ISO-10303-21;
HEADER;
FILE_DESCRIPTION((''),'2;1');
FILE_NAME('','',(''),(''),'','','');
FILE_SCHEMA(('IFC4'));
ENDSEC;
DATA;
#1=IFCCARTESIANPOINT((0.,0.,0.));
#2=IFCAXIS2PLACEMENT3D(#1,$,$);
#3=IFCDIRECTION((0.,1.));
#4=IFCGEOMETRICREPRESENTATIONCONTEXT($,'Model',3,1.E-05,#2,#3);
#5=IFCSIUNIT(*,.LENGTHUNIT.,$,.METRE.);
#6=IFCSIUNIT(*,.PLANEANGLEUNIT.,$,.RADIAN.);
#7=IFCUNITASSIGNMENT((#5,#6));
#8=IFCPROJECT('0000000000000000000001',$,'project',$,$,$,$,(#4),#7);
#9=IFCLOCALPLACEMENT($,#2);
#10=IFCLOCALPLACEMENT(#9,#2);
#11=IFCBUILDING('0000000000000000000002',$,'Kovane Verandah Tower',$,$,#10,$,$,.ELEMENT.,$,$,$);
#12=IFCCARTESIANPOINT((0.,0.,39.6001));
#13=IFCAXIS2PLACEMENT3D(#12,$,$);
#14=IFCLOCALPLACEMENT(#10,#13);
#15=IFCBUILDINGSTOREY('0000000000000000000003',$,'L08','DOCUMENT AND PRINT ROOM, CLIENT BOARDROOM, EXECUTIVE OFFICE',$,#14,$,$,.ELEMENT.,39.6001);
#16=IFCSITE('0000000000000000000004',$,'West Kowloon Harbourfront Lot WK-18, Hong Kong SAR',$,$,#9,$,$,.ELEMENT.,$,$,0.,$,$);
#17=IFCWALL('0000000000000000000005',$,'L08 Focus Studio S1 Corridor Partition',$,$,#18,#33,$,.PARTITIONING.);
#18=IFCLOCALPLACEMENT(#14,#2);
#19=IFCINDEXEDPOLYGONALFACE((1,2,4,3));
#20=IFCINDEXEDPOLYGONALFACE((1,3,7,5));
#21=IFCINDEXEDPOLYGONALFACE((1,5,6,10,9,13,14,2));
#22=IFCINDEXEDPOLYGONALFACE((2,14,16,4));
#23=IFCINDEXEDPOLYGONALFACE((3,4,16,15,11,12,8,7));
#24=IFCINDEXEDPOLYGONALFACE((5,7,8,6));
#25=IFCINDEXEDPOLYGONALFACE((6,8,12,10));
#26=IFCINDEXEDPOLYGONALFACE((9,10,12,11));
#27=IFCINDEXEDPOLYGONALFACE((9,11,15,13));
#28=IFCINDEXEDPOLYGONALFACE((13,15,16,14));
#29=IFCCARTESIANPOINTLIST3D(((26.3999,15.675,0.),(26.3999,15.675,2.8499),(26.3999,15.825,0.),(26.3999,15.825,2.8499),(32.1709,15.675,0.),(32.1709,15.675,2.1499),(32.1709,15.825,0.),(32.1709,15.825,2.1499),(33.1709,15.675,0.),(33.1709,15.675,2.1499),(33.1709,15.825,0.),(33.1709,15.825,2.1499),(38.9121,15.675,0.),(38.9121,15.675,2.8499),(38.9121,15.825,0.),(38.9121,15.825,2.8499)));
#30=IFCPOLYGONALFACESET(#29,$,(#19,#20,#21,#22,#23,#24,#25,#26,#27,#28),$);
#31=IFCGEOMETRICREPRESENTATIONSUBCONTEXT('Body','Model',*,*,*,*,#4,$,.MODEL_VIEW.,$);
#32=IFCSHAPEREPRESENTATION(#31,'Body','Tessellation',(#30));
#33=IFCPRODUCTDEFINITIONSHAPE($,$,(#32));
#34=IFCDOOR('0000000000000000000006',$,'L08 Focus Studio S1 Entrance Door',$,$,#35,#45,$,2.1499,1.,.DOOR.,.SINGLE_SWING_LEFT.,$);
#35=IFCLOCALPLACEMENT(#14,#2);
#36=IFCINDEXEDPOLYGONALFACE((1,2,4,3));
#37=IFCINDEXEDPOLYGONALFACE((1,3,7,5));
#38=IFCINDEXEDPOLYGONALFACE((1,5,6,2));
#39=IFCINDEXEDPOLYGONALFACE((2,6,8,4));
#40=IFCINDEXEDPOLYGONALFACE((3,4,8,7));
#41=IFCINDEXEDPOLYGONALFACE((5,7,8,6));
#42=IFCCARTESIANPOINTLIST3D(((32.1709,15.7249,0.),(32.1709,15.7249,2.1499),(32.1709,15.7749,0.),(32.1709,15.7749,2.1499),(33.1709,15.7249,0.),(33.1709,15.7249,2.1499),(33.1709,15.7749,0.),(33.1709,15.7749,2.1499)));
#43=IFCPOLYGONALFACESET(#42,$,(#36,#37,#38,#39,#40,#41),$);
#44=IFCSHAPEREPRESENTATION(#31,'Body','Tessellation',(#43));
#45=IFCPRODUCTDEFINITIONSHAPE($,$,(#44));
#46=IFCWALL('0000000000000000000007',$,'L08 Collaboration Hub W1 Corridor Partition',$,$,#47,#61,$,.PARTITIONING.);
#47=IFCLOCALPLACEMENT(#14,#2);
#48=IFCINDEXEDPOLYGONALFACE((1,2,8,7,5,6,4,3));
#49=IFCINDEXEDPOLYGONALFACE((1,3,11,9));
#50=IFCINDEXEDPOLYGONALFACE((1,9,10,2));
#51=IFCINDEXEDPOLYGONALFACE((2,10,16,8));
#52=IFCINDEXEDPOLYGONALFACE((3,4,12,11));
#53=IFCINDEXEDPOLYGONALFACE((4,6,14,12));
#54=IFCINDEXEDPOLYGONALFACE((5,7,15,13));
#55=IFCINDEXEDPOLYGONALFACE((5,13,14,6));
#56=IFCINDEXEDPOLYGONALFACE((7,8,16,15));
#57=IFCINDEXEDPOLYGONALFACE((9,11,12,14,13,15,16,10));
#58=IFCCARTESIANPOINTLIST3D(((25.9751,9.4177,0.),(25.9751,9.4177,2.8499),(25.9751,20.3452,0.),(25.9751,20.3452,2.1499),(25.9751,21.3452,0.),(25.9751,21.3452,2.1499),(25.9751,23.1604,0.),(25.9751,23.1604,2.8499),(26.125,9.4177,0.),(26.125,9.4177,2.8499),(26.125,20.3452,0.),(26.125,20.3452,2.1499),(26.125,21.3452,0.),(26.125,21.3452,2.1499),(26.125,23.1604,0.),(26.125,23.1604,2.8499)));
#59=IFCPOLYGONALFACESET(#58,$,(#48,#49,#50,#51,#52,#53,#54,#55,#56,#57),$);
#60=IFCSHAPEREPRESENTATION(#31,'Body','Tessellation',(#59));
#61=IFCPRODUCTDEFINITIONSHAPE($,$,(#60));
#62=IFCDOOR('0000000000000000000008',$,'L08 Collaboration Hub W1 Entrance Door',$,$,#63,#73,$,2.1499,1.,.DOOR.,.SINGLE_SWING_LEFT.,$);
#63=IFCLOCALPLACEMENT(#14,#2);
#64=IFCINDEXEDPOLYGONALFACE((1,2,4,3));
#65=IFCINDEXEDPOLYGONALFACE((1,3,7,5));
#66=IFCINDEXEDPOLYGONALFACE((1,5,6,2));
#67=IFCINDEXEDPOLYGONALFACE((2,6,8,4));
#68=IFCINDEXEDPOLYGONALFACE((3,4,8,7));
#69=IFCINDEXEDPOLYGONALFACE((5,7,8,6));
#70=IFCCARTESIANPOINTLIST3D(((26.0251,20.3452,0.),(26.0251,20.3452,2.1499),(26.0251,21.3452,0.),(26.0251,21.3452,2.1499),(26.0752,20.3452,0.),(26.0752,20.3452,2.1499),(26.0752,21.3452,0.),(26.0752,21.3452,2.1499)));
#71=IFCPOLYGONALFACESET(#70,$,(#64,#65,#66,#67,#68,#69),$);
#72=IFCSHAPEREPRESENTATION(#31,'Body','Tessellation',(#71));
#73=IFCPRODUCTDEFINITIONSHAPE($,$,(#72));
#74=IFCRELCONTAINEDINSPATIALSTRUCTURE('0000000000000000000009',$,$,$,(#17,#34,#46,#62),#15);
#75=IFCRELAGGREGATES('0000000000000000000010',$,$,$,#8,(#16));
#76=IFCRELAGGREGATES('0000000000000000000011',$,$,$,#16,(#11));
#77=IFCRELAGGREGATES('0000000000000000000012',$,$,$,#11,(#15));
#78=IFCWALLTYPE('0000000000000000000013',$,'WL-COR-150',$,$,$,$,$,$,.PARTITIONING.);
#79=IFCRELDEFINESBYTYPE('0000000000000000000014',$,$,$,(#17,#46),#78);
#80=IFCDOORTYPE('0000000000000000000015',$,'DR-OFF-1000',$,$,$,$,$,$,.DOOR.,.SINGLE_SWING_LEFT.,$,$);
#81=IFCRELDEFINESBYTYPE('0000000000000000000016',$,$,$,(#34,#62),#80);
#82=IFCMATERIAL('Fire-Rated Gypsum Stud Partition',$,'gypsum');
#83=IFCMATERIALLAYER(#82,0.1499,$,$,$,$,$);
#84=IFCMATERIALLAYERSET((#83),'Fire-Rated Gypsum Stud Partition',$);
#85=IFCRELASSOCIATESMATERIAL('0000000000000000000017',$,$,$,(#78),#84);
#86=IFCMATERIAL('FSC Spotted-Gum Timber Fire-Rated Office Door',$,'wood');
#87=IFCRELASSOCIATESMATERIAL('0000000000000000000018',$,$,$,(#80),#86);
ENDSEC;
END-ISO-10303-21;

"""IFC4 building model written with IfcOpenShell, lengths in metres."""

from ifc_helpers import new_model, si_unit, direction, frame, frame_2d, origin, place, context, subcontext, project, spatial, rectangle, extrude, material, layer, layer_set, type_object, element, fill, save


model = new_model("IFC4")

# Units and contexts
model_context = context("Model", 3, precision=1e-05, world=origin(), true_north=direction((0.0, 1.0)))
body_context = subcontext(model_context, "Body", "Model", "MODEL_VIEW")
ifc_project = project(units=[si_unit("LENGTHUNIT", "METRE"), si_unit("PLANEANGLEUNIT", "RADIAN")], contexts=[model_context])

# Site, building, storey
site_placement = place(None, origin())
site = spatial("IfcSite", under=ifc_project, at=site_placement, Name="West Kowloon Harbourfront Lot WK-18, Hong Kong SAR", CompositionType="ELEMENT", RefElevation=0.0)
building_placement = place(site_placement, origin())
building = spatial("IfcBuilding", under=site, at=building_placement, Name="Kovane Verandah Tower", CompositionType="ELEMENT")
storey_placement = place(building_placement, frame((0.0, 0.0, 39.6001)))
storey = spatial("IfcBuildingStorey", under=building, at=storey_placement, Name="L08", Description="DOCUMENT AND PRINT ROOM, CLIENT BOARDROOM, EXECUTIVE OFFICE", CompositionType="ELEMENT", Elevation=39.6001)

# Walls, openings, doors
ifc_material_1 = material(Name="Fire-Rated Gypsum Stud Partition", Category="gypsum")
ifc_layer_1 = layer(ifc_material_1, 0.1499)
ifc_layer_set_1 = layer_set([ifc_layer_1], Name="Fire-Rated Gypsum Stud Partition")
wall_type = type_object("IfcWallType", Name="WL-COR-150", PredefinedType="PARTITIONING", material=ifc_layer_set_1)
wall_1_placement = place(storey_placement, frame((26.3999, 15.75, 0.0), z_axis=(0.0, 0.0, 1.0), x_axis=(1.0, 0.0, 0.0)))
wall_1 = element("IfcWall", 1, at=wall_1_placement, inside=storey, type_object=wall_type, Name="L08 Focus Studio S1 Corridor Partition", PredefinedType="PARTITIONING", context=body_context, shape_type="SweptSolid", body=[
    extrude(rectangle(XDim=12.5122, YDim=0.1499, at=frame_2d((6.2561, 0.0))), origin(), (0.0, 0.0, 1.0), 2.8499),
])
opening_1_placement = place(wall_1_placement, frame((5.771, 0.0, 0.0)))
opening_1 = element("IfcOpeningElement", 2, at=opening_1_placement, cuts=wall_1, PredefinedType="OPENING", context=body_context, shape_type="SweptSolid", body=[
    extrude(rectangle(XDim=1.0, YDim=2.1499, at=frame_2d((0.5, 1.075))), frame((0.0, 0.075, 0.0), z_axis=(0.0, -1.0, 0.0), x_axis=(1.0, 0.0, 0.0)), (0.0, 0.0, 1.0), 0.1499),
])
ifc_material_2 = material(Name="FSC Spotted-Gum Timber Fire-Rated Office Door", Category="wood")
door_type = type_object("IfcDoorType", Name="DR-OFF-1000", OperationType="SINGLE_SWING_LEFT", PredefinedType="DOOR", material=ifc_material_2)
door_1_placement = place(opening_1_placement, origin())
door_1 = element("IfcDoor", 3, at=door_1_placement, inside=storey, type_object=door_type, Name="L08 Focus Studio S1 Entrance Door", OperationType="SINGLE_SWING_LEFT", OverallHeight=2.1499, OverallWidth=1.0, PredefinedType="DOOR", context=body_context, shape_type="SweptSolid", body=[
    extrude(rectangle(XDim=1.0, YDim=2.1499, at=frame_2d((0.5, 1.075))), frame((0.0, 0.0249, 0.0), z_axis=(0.0, -1.0, 0.0), x_axis=(1.0, 0.0, 0.0)), (0.0, 0.0, 1.0), 0.05),
])
fill(opening_1, door_1)
wall_2_placement = place(storey_placement, frame((26.05, 9.4177, 0.0), z_axis=(0.0, 0.0, 1.0), x_axis=(0.0, 1.0, 0.0)))
wall_2 = element("IfcWall", 4, at=wall_2_placement, inside=storey, type_object=wall_type, Name="L08 Collaboration Hub W1 Corridor Partition", PredefinedType="PARTITIONING", context=body_context, shape_type="SweptSolid", body=[
    extrude(rectangle(XDim=13.7427, YDim=0.1499, at=frame_2d((6.8713, 0.0))), origin(), (0.0, 0.0, 1.0), 2.8499),
])
opening_2_placement = place(wall_2_placement, frame((10.9275, 0.0, 0.0)))
opening_2 = element("IfcOpeningElement", 5, at=opening_2_placement, cuts=wall_2, PredefinedType="OPENING", context=body_context, shape_type="SweptSolid", body=[
    extrude(rectangle(XDim=1.0, YDim=2.1499, at=frame_2d((0.5, 1.075))), frame((0.0, 0.075, 0.0), z_axis=(0.0, -1.0, 0.0), x_axis=(1.0, 0.0, 0.0)), (0.0, 0.0, 1.0), 0.1499),
])
door_2_placement = place(opening_2_placement, origin())
door_2 = element("IfcDoor", 6, at=door_2_placement, inside=storey, type_object=door_type, Name="L08 Collaboration Hub W1 Entrance Door", OperationType="SINGLE_SWING_LEFT", OverallHeight=2.1499, OverallWidth=1.0, PredefinedType="DOOR", context=body_context, shape_type="SweptSolid", body=[
    extrude(rectangle(XDim=1.0, YDim=2.1499, at=frame_2d((0.5, 1.075))), frame((0.0, 0.0249, 0.0), z_axis=(0.0, -1.0, 0.0), x_axis=(1.0, 0.0, 0.0)), (0.0, 0.0, 1.0), 0.05),
])
fill(opening_2, door_2)

save(model, "model.ifc")
